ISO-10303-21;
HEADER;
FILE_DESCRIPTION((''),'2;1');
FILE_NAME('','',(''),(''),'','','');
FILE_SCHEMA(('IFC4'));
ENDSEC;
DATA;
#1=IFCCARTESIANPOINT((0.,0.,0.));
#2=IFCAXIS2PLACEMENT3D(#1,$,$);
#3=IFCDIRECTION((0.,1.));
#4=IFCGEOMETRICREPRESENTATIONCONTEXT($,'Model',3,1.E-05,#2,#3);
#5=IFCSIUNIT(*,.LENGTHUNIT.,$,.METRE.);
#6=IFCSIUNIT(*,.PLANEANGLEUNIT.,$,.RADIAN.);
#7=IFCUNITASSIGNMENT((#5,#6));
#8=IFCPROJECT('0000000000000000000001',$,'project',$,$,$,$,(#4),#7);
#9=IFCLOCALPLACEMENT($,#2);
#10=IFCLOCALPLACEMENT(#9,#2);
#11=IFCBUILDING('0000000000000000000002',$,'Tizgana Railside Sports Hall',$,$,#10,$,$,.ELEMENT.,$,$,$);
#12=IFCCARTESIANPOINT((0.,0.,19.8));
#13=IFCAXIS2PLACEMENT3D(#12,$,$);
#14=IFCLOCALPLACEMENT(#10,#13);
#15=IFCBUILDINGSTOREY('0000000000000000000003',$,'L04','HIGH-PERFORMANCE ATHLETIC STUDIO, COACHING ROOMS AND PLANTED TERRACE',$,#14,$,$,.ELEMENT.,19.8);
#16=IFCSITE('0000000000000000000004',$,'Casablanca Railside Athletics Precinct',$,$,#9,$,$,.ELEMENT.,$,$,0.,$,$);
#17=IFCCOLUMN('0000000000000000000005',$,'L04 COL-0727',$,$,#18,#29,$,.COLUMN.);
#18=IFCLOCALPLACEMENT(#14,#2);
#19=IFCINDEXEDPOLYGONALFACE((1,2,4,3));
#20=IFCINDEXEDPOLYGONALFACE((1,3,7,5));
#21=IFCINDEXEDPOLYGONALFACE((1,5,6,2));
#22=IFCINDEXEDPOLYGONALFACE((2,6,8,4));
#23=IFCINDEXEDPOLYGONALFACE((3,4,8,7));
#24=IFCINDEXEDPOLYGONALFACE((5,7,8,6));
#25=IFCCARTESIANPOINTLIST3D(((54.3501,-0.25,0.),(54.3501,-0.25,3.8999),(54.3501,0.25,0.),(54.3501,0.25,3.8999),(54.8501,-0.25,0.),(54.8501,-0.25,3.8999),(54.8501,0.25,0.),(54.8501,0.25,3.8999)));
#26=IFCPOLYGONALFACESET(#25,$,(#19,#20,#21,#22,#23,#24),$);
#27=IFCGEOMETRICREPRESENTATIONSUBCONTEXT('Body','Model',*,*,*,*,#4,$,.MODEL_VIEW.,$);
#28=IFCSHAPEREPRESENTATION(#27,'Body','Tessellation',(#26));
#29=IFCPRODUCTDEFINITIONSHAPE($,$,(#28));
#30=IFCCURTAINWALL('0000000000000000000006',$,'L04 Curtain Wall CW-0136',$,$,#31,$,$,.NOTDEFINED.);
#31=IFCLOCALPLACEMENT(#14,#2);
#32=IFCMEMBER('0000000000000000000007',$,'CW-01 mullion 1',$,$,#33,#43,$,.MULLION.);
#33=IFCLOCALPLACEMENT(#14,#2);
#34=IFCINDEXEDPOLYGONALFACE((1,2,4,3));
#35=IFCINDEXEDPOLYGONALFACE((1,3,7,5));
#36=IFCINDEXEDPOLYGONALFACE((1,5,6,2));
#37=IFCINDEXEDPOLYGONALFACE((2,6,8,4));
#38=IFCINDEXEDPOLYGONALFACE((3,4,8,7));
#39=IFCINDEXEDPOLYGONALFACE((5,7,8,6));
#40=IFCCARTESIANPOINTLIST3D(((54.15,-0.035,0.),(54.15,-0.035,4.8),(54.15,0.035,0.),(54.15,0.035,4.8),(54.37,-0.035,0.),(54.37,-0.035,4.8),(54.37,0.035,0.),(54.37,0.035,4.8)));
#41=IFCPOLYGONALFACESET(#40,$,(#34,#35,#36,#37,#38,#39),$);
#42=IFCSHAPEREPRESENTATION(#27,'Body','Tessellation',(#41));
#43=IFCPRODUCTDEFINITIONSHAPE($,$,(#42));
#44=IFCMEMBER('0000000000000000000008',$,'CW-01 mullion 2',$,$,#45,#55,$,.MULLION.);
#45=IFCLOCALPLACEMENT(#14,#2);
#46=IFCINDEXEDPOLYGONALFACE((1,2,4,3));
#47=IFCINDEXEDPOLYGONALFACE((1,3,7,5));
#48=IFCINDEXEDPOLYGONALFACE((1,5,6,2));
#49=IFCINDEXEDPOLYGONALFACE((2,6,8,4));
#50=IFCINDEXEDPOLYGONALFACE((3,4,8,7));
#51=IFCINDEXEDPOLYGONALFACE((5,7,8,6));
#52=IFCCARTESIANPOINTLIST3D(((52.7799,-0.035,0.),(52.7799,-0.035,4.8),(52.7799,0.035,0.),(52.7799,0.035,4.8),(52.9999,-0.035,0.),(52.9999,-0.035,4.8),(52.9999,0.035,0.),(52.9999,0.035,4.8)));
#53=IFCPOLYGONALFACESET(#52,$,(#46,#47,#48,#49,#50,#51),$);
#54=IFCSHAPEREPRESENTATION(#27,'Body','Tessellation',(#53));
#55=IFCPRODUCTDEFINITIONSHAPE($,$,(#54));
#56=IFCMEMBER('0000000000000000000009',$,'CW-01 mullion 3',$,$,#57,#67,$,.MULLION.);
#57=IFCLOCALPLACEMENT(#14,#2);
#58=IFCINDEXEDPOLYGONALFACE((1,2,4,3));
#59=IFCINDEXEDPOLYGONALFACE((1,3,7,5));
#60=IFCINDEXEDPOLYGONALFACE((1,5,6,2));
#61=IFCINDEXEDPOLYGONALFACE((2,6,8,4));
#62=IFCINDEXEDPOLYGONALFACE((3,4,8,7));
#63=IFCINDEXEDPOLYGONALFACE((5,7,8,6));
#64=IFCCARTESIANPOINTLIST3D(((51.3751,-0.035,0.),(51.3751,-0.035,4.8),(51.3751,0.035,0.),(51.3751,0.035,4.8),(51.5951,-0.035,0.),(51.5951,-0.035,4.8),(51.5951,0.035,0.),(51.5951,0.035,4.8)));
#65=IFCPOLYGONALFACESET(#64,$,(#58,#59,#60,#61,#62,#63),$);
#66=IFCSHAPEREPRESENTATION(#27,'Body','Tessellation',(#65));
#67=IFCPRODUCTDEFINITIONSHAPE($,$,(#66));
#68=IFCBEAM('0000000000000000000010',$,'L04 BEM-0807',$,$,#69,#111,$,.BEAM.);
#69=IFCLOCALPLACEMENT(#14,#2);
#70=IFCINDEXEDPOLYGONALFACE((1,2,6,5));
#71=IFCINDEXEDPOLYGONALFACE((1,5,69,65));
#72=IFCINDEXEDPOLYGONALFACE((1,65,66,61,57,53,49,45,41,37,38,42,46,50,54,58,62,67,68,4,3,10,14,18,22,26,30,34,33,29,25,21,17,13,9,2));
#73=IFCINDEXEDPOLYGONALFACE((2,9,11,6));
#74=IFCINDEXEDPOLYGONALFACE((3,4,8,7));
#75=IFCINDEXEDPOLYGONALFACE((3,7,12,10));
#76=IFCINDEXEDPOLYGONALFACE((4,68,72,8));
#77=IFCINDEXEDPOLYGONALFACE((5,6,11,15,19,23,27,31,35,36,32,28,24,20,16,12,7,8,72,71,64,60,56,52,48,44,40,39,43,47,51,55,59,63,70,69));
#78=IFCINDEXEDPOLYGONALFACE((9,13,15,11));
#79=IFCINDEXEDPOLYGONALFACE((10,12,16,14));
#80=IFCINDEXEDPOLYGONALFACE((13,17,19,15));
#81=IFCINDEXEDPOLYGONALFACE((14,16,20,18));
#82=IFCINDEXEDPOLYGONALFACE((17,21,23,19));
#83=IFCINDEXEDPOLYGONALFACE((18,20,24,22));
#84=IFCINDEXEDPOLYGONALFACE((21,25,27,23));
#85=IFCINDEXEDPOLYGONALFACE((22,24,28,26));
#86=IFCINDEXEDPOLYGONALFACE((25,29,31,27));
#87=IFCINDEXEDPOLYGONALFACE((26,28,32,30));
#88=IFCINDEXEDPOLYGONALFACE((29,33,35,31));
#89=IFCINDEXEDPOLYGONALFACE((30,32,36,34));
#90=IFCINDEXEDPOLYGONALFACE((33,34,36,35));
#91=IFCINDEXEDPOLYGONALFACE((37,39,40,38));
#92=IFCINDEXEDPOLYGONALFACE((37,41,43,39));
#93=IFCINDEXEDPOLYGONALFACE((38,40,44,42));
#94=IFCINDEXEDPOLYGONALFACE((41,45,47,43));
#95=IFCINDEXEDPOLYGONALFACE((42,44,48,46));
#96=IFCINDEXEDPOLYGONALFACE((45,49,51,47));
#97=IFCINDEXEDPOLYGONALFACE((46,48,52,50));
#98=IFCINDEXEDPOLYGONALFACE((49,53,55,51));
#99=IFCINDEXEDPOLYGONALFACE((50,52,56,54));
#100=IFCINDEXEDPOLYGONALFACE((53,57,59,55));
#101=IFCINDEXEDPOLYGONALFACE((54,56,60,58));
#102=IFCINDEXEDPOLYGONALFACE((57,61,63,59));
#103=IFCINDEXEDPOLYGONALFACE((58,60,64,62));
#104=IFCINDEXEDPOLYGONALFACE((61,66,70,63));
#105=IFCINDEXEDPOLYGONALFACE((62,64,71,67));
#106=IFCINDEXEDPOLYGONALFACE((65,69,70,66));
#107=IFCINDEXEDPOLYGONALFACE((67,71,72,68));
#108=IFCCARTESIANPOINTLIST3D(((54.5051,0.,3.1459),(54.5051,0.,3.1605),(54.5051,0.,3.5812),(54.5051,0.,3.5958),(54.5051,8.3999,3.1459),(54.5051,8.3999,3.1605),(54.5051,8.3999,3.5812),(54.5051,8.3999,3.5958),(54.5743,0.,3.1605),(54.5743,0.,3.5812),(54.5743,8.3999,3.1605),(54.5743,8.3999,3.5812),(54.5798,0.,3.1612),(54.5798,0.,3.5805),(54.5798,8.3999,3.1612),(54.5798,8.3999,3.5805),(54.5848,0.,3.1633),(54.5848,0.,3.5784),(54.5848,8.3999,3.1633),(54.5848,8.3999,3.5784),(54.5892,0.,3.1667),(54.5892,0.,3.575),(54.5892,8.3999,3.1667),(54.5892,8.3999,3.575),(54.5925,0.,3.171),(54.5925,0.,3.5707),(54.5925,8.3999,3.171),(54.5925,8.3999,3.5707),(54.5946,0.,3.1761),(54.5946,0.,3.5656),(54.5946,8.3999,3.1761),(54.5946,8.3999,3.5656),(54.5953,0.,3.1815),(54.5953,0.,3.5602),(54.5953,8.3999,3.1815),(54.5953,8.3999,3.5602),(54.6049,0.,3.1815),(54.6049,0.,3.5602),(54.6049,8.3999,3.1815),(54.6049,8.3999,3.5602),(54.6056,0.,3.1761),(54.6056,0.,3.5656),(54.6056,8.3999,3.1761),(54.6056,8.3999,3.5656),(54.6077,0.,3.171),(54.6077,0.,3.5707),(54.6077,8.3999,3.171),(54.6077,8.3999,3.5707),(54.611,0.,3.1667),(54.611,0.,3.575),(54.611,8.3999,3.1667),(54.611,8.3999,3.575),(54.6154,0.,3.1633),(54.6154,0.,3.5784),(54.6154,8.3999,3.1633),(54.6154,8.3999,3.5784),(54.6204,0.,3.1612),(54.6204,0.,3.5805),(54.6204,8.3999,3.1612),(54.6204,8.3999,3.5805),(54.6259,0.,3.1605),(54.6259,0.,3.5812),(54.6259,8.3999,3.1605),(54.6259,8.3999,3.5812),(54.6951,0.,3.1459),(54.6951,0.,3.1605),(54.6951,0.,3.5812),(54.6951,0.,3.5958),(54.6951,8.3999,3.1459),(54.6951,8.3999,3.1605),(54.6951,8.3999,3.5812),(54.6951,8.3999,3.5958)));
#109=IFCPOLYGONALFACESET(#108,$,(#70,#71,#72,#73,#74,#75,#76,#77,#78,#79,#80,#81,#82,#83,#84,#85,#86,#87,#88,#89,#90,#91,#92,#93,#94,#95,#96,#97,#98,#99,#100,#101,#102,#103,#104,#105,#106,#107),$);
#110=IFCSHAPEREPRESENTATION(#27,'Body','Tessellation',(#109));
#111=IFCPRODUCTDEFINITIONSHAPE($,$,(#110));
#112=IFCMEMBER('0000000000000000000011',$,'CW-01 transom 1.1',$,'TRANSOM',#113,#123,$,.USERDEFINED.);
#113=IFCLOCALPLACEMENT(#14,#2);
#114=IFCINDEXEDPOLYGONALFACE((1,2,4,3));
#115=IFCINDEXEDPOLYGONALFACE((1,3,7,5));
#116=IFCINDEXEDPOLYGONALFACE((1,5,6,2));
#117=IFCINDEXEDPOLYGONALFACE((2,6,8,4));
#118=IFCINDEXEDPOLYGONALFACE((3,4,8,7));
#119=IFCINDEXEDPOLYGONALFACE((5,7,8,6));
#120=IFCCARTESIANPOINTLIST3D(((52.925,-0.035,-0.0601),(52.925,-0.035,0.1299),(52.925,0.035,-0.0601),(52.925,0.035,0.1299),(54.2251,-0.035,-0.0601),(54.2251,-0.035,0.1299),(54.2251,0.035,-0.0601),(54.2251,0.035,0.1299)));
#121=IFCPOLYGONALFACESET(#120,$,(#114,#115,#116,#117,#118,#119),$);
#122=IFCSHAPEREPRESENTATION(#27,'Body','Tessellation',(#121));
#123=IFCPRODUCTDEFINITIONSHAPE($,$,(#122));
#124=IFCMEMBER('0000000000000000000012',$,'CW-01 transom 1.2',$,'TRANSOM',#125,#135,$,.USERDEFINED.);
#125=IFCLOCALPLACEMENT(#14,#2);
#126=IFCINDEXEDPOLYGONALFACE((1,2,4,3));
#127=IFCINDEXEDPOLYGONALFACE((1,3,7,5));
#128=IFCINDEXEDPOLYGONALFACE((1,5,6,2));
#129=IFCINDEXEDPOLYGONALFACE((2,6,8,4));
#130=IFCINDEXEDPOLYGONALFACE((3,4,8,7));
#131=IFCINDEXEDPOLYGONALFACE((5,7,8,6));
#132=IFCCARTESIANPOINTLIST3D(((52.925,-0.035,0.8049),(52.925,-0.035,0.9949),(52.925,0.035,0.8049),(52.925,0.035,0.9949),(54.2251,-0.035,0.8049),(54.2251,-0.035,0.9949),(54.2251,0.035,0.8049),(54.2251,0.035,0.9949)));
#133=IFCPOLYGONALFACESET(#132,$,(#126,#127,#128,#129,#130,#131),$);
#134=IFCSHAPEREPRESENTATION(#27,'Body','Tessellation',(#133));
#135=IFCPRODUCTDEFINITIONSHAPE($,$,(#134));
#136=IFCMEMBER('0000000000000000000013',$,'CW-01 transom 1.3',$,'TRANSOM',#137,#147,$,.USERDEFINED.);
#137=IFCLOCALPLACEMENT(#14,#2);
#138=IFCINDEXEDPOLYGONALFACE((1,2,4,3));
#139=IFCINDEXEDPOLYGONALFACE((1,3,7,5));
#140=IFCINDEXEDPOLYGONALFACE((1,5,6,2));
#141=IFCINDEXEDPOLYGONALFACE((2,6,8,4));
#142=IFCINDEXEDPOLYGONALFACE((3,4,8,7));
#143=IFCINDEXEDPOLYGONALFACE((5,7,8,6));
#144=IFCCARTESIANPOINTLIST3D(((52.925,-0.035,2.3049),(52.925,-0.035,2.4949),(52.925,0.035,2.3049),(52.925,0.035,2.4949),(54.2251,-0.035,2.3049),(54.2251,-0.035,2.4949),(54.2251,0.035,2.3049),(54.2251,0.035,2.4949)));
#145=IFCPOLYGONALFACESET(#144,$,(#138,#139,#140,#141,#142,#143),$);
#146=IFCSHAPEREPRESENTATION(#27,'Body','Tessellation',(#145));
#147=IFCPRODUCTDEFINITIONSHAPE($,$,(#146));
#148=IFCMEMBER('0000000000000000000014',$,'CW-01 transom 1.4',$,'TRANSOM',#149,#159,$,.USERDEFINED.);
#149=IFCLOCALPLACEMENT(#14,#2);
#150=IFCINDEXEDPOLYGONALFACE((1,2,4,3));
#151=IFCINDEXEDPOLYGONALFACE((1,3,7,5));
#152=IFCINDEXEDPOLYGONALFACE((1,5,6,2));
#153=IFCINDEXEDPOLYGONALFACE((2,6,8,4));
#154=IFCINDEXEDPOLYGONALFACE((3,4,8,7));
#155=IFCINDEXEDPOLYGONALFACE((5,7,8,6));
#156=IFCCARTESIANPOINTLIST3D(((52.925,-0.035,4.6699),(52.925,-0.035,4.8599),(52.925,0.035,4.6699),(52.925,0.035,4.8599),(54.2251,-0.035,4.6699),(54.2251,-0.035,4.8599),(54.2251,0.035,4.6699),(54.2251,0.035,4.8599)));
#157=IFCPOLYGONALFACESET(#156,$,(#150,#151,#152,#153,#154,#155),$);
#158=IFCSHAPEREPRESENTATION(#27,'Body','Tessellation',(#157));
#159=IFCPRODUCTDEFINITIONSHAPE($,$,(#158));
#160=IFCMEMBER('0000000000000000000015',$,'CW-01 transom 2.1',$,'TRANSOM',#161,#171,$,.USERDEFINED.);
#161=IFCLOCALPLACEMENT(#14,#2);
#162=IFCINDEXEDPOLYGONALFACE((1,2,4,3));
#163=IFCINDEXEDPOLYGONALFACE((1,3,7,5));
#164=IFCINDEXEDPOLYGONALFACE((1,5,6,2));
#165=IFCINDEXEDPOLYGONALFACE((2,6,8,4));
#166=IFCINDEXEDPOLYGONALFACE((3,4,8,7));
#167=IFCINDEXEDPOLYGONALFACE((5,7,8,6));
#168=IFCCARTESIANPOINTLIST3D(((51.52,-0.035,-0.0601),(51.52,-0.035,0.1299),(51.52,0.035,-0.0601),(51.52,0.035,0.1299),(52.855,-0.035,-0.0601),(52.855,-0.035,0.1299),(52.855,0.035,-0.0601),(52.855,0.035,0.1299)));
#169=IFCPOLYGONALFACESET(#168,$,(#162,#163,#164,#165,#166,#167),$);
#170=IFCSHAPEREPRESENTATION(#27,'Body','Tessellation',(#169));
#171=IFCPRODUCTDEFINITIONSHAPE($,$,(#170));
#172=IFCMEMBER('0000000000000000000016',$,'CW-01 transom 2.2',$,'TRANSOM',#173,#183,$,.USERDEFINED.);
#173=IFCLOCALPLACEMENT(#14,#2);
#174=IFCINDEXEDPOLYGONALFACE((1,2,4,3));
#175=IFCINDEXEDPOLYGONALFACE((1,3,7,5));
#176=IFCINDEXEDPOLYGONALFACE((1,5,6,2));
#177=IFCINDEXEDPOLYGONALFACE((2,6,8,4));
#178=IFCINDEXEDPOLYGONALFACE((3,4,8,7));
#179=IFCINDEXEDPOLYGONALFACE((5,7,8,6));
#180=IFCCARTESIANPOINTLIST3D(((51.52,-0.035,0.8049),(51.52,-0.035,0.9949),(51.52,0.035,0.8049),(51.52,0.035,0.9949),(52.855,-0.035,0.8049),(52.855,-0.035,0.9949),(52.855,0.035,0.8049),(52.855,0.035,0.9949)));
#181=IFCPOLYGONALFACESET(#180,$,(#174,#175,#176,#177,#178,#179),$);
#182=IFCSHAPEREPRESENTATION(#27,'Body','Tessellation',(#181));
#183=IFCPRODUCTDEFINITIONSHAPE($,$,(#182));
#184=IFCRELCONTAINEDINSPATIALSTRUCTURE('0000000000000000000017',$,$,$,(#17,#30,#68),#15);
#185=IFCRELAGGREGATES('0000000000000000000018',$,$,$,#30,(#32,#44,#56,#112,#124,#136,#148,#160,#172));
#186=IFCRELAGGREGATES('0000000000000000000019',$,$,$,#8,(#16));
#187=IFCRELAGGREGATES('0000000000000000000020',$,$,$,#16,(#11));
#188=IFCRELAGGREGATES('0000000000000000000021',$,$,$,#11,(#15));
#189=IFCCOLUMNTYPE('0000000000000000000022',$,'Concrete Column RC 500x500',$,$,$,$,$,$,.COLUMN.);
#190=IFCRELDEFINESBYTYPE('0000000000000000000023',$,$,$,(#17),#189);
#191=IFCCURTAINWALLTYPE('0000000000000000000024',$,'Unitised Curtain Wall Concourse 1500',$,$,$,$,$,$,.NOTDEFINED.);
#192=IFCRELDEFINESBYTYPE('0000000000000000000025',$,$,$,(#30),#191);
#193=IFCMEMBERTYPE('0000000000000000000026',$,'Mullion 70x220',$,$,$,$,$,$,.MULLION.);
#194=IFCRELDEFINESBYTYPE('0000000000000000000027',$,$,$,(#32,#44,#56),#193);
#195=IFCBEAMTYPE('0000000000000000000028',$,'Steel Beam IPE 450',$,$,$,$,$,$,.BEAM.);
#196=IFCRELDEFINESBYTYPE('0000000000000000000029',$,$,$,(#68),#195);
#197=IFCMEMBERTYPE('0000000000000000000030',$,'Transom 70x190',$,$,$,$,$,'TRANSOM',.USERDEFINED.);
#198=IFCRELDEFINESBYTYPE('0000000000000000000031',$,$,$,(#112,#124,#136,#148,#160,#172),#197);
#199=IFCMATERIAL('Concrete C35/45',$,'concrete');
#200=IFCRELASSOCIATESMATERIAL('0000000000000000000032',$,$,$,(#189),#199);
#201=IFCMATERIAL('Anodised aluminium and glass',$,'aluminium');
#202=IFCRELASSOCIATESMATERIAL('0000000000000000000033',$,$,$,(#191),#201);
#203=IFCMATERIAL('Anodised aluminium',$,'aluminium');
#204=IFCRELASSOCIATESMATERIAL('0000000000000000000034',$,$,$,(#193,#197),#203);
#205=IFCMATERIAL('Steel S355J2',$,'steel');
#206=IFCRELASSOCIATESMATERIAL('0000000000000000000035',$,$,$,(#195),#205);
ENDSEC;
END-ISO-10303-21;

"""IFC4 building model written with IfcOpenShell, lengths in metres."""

from ifc_helpers import new_model, si_unit, direction, frame, origin, origin_2d, place, context, subcontext, project, spatial, rectangle, i_section, extrude, material, material_profile, profile_set, type_object, element, aggregate, save


model = new_model("IFC4")

# Units and contexts
model_context = context("Model", 3, precision=1e-05, world=origin(), true_north=direction((0.0, 1.0)))
body_context = subcontext(model_context, "Body", "Model", "MODEL_VIEW")
ifc_project = project(units=[si_unit("LENGTHUNIT", "METRE"), si_unit("PLANEANGLEUNIT", "RADIAN")], contexts=[model_context])

# Site, building, storey
site_placement = place(None, origin())
site = spatial("IfcSite", under=ifc_project, at=site_placement, Name="Casablanca Railside Athletics Precinct", CompositionType="ELEMENT", RefElevation=0.0)
building_placement = place(site_placement, origin())
building = spatial("IfcBuilding", under=site, at=building_placement, Name="Tizgana Railside Sports Hall", CompositionType="ELEMENT")
storey_placement = place(building_placement, frame((0.0, 0.0, 19.8)))
storey = spatial("IfcBuildingStorey", under=building, at=storey_placement, Name="L04", Description="HIGH-PERFORMANCE ATHLETIC STUDIO, COACHING ROOMS AND PLANTED TERRACE", CompositionType="ELEMENT", Elevation=19.8)

# Column
ifc_material_1 = material(Name="Concrete C35/45", Category="concrete")
ifc_material_profile_1 = material_profile(ifc_material_1, rectangle(XDim=0.5, YDim=0.5, at=origin_2d()), Name="RC 500x500")
ifc_profile_set_1 = profile_set([ifc_material_profile_1], Name="Concrete C35/45")
column_type = type_object("IfcColumnType", Name="Concrete Column RC 500x500", PredefinedType="COLUMN", material=ifc_profile_set_1)
column_placement = place(storey_placement, frame((54.6001, 0.0, 0.0), z_axis=(0.0, 0.0, 1.0), x_axis=(1.0, 0.0, 0.0)))
element("IfcColumn", 1, at=column_placement, inside=storey, type_object=column_type, Name="L04 COL-0727", PredefinedType="COLUMN", context=body_context, shape_type="SweptSolid", body=[
    extrude(rectangle(XDim=0.5, YDim=0.5, at=origin_2d()), origin(), (0.0, 0.0, 1.0), 3.8999),
])

# Curtain wall, members
ifc_material_2 = material(Name="Anodised aluminium and glass", Category="aluminium")
curtain_wall_type = type_object("IfcCurtainWallType", Name="Unitised Curtain Wall Concourse 1500", PredefinedType="NOTDEFINED", material=ifc_material_2)
curtain_wall_placement = place(storey_placement, origin())
curtain_wall = element("IfcCurtainWall", 2, at=curtain_wall_placement, inside=storey, type_object=curtain_wall_type, Name="L04 Curtain Wall CW-0136", PredefinedType="NOTDEFINED")
ifc_material_3 = material(Name="Anodised aluminium", Category="aluminium")
ifc_material_profile_2 = material_profile(ifc_material_3, rectangle(XDim=0.0701, YDim=0.22, at=origin_2d()), Name="Mullion 70x220")
ifc_profile_set_2 = profile_set([ifc_material_profile_2], Name="Anodised aluminium")
member_type_1 = type_object("IfcMemberType", Name="Mullion 70x220", PredefinedType="MULLION", material=ifc_profile_set_2)
member_1_placement = place(storey_placement, frame((54.26, 0.0, 0.0), z_axis=(0.0, 0.0, 1.0), x_axis=(0.0, -1.0, 0.0)))
member_1 = element("IfcMember", 3, at=member_1_placement, type_object=member_type_1, Name="CW-01 mullion 1", PredefinedType="MULLION", context=body_context, shape_type="SweptSolid", body=[
    extrude(rectangle(XDim=0.0701, YDim=0.22, at=origin_2d()), origin(), (0.0, 0.0, 1.0), 4.8),
])
member_2_placement = place(storey_placement, frame((52.8899, 0.0, 0.0), z_axis=(0.0, 0.0, 1.0), x_axis=(0.0, -1.0, 0.0)))
member_2 = element("IfcMember", 4, at=member_2_placement, type_object=member_type_1, Name="CW-01 mullion 2", PredefinedType="MULLION", context=body_context, shape_type="SweptSolid", body=[
    extrude(rectangle(XDim=0.0701, YDim=0.22, at=origin_2d()), origin(), (0.0, 0.0, 1.0), 4.8),
])
member_3_placement = place(storey_placement, frame((51.4851, 0.0, 0.0), z_axis=(0.0, 0.0, 1.0), x_axis=(0.0, -1.0, 0.0)))
member_3 = element("IfcMember", 5, at=member_3_placement, type_object=member_type_1, Name="CW-01 mullion 3", PredefinedType="MULLION", context=body_context, shape_type="SweptSolid", body=[
    extrude(rectangle(XDim=0.0701, YDim=0.22, at=origin_2d()), origin(), (0.0, 0.0, 1.0), 4.8),
])

# Beam
ifc_material_4 = material(Name="Steel S355J2", Category="steel")
ifc_material_profile_3 = material_profile(ifc_material_4, i_section(OverallWidth=0.1899, OverallDepth=0.45, WebThickness=0.0095, FlangeThickness=0.0146, FilletRadius=0.021, at=origin_2d()), Name="IPE 450")
ifc_profile_set_3 = profile_set([ifc_material_profile_3], Name="Steel S355J2")
beam_type = type_object("IfcBeamType", Name="Steel Beam IPE 450", PredefinedType="BEAM", material=ifc_profile_set_3)
beam_placement = place(storey_placement, frame((54.6001, 0.0, 3.3708), z_axis=(0.0, 1.0, 0.0), x_axis=(-1.0, 0.0, 0.0)))
element("IfcBeam", 6, at=beam_placement, inside=storey, type_object=beam_type, Name="L04 BEM-0807", PredefinedType="BEAM", context=body_context, shape_type="SweptSolid", body=[
    extrude(i_section(OverallWidth=0.1899, OverallDepth=0.45, WebThickness=0.0095, FlangeThickness=0.0146, FilletRadius=0.021, at=origin_2d()), origin(), (0.0, 0.0, 1.0), 8.3999),
])

# Members
ifc_material_profile_4 = material_profile(ifc_material_3, rectangle(XDim=0.0701, YDim=0.1899, at=origin_2d()), Name="Transom 70x190")
ifc_profile_set_4 = profile_set([ifc_material_profile_4], Name="Anodised aluminium")
member_type_2 = type_object("IfcMemberType", Name="Transom 70x190", ElementType="TRANSOM", PredefinedType="USERDEFINED", material=ifc_profile_set_4)
member_4_placement = place(storey_placement, frame((54.2251, 0.0, 0.0349), z_axis=(-1.0, 0.0, 0.0), x_axis=(0.0, -1.0, 0.0)))
member_4 = element("IfcMember", 7, at=member_4_placement, type_object=member_type_2, Name="CW-01 transom 1.1", ObjectType="TRANSOM", PredefinedType="USERDEFINED", context=body_context, shape_type="SweptSolid", body=[
    extrude(rectangle(XDim=0.0701, YDim=0.1899, at=origin_2d()), origin(), (0.0, 0.0, 1.0), 1.3),
])
member_5_placement = place(storey_placement, frame((54.2251, 0.0, 0.8999), z_axis=(-1.0, 0.0, 0.0), x_axis=(0.0, -1.0, 0.0)))
member_5 = element("IfcMember", 8, at=member_5_placement, type_object=member_type_2, Name="CW-01 transom 1.2", ObjectType="TRANSOM", PredefinedType="USERDEFINED", context=body_context, shape_type="SweptSolid", body=[
    extrude(rectangle(XDim=0.0701, YDim=0.1899, at=origin_2d()), origin(), (0.0, 0.0, 1.0), 1.3),
])
member_6_placement = place(storey_placement, frame((54.2251, 0.0, 2.3999), z_axis=(-1.0, 0.0, 0.0), x_axis=(0.0, -1.0, 0.0)))
member_6 = element("IfcMember", 9, at=member_6_placement, type_object=member_type_2, Name="CW-01 transom 1.3", ObjectType="TRANSOM", PredefinedType="USERDEFINED", context=body_context, shape_type="SweptSolid", body=[
    extrude(rectangle(XDim=0.0701, YDim=0.1899, at=origin_2d()), origin(), (0.0, 0.0, 1.0), 1.3),
])
member_7_placement = place(storey_placement, frame((54.2251, 0.0, 4.7649), z_axis=(-1.0, 0.0, 0.0), x_axis=(0.0, -1.0, 0.0)))
member_7 = element("IfcMember", 10, at=member_7_placement, type_object=member_type_2, Name="CW-01 transom 1.4", ObjectType="TRANSOM", PredefinedType="USERDEFINED", context=body_context, shape_type="SweptSolid", body=[
    extrude(rectangle(XDim=0.0701, YDim=0.1899, at=origin_2d()), origin(), (0.0, 0.0, 1.0), 1.3),
])
member_8_placement = place(storey_placement, frame((52.855, 0.0, 0.0349), z_axis=(-1.0, 0.0, 0.0), x_axis=(0.0, -1.0, 0.0)))
member_8 = element("IfcMember", 11, at=member_8_placement, type_object=member_type_2, Name="CW-01 transom 2.1", ObjectType="TRANSOM", PredefinedType="USERDEFINED", context=body_context, shape_type="SweptSolid", body=[
    extrude(rectangle(XDim=0.0701, YDim=0.1899, at=origin_2d()), origin(), (0.0, 0.0, 1.0), 1.335),
])
member_9_placement = place(storey_placement, frame((52.855, 0.0, 0.8999), z_axis=(-1.0, 0.0, 0.0), x_axis=(0.0, -1.0, 0.0)))
member_9 = element("IfcMember", 12, at=member_9_placement, type_object=member_type_2, Name="CW-01 transom 2.2", ObjectType="TRANSOM", PredefinedType="USERDEFINED", context=body_context, shape_type="SweptSolid", body=[
    extrude(rectangle(XDim=0.0701, YDim=0.1899, at=origin_2d()), origin(), (0.0, 0.0, 1.0), 1.335),
])

aggregate(curtain_wall, [member_1, member_2, member_3, member_4, member_5, member_6, member_7, member_8, member_9])

save(model, "model.ifc")
